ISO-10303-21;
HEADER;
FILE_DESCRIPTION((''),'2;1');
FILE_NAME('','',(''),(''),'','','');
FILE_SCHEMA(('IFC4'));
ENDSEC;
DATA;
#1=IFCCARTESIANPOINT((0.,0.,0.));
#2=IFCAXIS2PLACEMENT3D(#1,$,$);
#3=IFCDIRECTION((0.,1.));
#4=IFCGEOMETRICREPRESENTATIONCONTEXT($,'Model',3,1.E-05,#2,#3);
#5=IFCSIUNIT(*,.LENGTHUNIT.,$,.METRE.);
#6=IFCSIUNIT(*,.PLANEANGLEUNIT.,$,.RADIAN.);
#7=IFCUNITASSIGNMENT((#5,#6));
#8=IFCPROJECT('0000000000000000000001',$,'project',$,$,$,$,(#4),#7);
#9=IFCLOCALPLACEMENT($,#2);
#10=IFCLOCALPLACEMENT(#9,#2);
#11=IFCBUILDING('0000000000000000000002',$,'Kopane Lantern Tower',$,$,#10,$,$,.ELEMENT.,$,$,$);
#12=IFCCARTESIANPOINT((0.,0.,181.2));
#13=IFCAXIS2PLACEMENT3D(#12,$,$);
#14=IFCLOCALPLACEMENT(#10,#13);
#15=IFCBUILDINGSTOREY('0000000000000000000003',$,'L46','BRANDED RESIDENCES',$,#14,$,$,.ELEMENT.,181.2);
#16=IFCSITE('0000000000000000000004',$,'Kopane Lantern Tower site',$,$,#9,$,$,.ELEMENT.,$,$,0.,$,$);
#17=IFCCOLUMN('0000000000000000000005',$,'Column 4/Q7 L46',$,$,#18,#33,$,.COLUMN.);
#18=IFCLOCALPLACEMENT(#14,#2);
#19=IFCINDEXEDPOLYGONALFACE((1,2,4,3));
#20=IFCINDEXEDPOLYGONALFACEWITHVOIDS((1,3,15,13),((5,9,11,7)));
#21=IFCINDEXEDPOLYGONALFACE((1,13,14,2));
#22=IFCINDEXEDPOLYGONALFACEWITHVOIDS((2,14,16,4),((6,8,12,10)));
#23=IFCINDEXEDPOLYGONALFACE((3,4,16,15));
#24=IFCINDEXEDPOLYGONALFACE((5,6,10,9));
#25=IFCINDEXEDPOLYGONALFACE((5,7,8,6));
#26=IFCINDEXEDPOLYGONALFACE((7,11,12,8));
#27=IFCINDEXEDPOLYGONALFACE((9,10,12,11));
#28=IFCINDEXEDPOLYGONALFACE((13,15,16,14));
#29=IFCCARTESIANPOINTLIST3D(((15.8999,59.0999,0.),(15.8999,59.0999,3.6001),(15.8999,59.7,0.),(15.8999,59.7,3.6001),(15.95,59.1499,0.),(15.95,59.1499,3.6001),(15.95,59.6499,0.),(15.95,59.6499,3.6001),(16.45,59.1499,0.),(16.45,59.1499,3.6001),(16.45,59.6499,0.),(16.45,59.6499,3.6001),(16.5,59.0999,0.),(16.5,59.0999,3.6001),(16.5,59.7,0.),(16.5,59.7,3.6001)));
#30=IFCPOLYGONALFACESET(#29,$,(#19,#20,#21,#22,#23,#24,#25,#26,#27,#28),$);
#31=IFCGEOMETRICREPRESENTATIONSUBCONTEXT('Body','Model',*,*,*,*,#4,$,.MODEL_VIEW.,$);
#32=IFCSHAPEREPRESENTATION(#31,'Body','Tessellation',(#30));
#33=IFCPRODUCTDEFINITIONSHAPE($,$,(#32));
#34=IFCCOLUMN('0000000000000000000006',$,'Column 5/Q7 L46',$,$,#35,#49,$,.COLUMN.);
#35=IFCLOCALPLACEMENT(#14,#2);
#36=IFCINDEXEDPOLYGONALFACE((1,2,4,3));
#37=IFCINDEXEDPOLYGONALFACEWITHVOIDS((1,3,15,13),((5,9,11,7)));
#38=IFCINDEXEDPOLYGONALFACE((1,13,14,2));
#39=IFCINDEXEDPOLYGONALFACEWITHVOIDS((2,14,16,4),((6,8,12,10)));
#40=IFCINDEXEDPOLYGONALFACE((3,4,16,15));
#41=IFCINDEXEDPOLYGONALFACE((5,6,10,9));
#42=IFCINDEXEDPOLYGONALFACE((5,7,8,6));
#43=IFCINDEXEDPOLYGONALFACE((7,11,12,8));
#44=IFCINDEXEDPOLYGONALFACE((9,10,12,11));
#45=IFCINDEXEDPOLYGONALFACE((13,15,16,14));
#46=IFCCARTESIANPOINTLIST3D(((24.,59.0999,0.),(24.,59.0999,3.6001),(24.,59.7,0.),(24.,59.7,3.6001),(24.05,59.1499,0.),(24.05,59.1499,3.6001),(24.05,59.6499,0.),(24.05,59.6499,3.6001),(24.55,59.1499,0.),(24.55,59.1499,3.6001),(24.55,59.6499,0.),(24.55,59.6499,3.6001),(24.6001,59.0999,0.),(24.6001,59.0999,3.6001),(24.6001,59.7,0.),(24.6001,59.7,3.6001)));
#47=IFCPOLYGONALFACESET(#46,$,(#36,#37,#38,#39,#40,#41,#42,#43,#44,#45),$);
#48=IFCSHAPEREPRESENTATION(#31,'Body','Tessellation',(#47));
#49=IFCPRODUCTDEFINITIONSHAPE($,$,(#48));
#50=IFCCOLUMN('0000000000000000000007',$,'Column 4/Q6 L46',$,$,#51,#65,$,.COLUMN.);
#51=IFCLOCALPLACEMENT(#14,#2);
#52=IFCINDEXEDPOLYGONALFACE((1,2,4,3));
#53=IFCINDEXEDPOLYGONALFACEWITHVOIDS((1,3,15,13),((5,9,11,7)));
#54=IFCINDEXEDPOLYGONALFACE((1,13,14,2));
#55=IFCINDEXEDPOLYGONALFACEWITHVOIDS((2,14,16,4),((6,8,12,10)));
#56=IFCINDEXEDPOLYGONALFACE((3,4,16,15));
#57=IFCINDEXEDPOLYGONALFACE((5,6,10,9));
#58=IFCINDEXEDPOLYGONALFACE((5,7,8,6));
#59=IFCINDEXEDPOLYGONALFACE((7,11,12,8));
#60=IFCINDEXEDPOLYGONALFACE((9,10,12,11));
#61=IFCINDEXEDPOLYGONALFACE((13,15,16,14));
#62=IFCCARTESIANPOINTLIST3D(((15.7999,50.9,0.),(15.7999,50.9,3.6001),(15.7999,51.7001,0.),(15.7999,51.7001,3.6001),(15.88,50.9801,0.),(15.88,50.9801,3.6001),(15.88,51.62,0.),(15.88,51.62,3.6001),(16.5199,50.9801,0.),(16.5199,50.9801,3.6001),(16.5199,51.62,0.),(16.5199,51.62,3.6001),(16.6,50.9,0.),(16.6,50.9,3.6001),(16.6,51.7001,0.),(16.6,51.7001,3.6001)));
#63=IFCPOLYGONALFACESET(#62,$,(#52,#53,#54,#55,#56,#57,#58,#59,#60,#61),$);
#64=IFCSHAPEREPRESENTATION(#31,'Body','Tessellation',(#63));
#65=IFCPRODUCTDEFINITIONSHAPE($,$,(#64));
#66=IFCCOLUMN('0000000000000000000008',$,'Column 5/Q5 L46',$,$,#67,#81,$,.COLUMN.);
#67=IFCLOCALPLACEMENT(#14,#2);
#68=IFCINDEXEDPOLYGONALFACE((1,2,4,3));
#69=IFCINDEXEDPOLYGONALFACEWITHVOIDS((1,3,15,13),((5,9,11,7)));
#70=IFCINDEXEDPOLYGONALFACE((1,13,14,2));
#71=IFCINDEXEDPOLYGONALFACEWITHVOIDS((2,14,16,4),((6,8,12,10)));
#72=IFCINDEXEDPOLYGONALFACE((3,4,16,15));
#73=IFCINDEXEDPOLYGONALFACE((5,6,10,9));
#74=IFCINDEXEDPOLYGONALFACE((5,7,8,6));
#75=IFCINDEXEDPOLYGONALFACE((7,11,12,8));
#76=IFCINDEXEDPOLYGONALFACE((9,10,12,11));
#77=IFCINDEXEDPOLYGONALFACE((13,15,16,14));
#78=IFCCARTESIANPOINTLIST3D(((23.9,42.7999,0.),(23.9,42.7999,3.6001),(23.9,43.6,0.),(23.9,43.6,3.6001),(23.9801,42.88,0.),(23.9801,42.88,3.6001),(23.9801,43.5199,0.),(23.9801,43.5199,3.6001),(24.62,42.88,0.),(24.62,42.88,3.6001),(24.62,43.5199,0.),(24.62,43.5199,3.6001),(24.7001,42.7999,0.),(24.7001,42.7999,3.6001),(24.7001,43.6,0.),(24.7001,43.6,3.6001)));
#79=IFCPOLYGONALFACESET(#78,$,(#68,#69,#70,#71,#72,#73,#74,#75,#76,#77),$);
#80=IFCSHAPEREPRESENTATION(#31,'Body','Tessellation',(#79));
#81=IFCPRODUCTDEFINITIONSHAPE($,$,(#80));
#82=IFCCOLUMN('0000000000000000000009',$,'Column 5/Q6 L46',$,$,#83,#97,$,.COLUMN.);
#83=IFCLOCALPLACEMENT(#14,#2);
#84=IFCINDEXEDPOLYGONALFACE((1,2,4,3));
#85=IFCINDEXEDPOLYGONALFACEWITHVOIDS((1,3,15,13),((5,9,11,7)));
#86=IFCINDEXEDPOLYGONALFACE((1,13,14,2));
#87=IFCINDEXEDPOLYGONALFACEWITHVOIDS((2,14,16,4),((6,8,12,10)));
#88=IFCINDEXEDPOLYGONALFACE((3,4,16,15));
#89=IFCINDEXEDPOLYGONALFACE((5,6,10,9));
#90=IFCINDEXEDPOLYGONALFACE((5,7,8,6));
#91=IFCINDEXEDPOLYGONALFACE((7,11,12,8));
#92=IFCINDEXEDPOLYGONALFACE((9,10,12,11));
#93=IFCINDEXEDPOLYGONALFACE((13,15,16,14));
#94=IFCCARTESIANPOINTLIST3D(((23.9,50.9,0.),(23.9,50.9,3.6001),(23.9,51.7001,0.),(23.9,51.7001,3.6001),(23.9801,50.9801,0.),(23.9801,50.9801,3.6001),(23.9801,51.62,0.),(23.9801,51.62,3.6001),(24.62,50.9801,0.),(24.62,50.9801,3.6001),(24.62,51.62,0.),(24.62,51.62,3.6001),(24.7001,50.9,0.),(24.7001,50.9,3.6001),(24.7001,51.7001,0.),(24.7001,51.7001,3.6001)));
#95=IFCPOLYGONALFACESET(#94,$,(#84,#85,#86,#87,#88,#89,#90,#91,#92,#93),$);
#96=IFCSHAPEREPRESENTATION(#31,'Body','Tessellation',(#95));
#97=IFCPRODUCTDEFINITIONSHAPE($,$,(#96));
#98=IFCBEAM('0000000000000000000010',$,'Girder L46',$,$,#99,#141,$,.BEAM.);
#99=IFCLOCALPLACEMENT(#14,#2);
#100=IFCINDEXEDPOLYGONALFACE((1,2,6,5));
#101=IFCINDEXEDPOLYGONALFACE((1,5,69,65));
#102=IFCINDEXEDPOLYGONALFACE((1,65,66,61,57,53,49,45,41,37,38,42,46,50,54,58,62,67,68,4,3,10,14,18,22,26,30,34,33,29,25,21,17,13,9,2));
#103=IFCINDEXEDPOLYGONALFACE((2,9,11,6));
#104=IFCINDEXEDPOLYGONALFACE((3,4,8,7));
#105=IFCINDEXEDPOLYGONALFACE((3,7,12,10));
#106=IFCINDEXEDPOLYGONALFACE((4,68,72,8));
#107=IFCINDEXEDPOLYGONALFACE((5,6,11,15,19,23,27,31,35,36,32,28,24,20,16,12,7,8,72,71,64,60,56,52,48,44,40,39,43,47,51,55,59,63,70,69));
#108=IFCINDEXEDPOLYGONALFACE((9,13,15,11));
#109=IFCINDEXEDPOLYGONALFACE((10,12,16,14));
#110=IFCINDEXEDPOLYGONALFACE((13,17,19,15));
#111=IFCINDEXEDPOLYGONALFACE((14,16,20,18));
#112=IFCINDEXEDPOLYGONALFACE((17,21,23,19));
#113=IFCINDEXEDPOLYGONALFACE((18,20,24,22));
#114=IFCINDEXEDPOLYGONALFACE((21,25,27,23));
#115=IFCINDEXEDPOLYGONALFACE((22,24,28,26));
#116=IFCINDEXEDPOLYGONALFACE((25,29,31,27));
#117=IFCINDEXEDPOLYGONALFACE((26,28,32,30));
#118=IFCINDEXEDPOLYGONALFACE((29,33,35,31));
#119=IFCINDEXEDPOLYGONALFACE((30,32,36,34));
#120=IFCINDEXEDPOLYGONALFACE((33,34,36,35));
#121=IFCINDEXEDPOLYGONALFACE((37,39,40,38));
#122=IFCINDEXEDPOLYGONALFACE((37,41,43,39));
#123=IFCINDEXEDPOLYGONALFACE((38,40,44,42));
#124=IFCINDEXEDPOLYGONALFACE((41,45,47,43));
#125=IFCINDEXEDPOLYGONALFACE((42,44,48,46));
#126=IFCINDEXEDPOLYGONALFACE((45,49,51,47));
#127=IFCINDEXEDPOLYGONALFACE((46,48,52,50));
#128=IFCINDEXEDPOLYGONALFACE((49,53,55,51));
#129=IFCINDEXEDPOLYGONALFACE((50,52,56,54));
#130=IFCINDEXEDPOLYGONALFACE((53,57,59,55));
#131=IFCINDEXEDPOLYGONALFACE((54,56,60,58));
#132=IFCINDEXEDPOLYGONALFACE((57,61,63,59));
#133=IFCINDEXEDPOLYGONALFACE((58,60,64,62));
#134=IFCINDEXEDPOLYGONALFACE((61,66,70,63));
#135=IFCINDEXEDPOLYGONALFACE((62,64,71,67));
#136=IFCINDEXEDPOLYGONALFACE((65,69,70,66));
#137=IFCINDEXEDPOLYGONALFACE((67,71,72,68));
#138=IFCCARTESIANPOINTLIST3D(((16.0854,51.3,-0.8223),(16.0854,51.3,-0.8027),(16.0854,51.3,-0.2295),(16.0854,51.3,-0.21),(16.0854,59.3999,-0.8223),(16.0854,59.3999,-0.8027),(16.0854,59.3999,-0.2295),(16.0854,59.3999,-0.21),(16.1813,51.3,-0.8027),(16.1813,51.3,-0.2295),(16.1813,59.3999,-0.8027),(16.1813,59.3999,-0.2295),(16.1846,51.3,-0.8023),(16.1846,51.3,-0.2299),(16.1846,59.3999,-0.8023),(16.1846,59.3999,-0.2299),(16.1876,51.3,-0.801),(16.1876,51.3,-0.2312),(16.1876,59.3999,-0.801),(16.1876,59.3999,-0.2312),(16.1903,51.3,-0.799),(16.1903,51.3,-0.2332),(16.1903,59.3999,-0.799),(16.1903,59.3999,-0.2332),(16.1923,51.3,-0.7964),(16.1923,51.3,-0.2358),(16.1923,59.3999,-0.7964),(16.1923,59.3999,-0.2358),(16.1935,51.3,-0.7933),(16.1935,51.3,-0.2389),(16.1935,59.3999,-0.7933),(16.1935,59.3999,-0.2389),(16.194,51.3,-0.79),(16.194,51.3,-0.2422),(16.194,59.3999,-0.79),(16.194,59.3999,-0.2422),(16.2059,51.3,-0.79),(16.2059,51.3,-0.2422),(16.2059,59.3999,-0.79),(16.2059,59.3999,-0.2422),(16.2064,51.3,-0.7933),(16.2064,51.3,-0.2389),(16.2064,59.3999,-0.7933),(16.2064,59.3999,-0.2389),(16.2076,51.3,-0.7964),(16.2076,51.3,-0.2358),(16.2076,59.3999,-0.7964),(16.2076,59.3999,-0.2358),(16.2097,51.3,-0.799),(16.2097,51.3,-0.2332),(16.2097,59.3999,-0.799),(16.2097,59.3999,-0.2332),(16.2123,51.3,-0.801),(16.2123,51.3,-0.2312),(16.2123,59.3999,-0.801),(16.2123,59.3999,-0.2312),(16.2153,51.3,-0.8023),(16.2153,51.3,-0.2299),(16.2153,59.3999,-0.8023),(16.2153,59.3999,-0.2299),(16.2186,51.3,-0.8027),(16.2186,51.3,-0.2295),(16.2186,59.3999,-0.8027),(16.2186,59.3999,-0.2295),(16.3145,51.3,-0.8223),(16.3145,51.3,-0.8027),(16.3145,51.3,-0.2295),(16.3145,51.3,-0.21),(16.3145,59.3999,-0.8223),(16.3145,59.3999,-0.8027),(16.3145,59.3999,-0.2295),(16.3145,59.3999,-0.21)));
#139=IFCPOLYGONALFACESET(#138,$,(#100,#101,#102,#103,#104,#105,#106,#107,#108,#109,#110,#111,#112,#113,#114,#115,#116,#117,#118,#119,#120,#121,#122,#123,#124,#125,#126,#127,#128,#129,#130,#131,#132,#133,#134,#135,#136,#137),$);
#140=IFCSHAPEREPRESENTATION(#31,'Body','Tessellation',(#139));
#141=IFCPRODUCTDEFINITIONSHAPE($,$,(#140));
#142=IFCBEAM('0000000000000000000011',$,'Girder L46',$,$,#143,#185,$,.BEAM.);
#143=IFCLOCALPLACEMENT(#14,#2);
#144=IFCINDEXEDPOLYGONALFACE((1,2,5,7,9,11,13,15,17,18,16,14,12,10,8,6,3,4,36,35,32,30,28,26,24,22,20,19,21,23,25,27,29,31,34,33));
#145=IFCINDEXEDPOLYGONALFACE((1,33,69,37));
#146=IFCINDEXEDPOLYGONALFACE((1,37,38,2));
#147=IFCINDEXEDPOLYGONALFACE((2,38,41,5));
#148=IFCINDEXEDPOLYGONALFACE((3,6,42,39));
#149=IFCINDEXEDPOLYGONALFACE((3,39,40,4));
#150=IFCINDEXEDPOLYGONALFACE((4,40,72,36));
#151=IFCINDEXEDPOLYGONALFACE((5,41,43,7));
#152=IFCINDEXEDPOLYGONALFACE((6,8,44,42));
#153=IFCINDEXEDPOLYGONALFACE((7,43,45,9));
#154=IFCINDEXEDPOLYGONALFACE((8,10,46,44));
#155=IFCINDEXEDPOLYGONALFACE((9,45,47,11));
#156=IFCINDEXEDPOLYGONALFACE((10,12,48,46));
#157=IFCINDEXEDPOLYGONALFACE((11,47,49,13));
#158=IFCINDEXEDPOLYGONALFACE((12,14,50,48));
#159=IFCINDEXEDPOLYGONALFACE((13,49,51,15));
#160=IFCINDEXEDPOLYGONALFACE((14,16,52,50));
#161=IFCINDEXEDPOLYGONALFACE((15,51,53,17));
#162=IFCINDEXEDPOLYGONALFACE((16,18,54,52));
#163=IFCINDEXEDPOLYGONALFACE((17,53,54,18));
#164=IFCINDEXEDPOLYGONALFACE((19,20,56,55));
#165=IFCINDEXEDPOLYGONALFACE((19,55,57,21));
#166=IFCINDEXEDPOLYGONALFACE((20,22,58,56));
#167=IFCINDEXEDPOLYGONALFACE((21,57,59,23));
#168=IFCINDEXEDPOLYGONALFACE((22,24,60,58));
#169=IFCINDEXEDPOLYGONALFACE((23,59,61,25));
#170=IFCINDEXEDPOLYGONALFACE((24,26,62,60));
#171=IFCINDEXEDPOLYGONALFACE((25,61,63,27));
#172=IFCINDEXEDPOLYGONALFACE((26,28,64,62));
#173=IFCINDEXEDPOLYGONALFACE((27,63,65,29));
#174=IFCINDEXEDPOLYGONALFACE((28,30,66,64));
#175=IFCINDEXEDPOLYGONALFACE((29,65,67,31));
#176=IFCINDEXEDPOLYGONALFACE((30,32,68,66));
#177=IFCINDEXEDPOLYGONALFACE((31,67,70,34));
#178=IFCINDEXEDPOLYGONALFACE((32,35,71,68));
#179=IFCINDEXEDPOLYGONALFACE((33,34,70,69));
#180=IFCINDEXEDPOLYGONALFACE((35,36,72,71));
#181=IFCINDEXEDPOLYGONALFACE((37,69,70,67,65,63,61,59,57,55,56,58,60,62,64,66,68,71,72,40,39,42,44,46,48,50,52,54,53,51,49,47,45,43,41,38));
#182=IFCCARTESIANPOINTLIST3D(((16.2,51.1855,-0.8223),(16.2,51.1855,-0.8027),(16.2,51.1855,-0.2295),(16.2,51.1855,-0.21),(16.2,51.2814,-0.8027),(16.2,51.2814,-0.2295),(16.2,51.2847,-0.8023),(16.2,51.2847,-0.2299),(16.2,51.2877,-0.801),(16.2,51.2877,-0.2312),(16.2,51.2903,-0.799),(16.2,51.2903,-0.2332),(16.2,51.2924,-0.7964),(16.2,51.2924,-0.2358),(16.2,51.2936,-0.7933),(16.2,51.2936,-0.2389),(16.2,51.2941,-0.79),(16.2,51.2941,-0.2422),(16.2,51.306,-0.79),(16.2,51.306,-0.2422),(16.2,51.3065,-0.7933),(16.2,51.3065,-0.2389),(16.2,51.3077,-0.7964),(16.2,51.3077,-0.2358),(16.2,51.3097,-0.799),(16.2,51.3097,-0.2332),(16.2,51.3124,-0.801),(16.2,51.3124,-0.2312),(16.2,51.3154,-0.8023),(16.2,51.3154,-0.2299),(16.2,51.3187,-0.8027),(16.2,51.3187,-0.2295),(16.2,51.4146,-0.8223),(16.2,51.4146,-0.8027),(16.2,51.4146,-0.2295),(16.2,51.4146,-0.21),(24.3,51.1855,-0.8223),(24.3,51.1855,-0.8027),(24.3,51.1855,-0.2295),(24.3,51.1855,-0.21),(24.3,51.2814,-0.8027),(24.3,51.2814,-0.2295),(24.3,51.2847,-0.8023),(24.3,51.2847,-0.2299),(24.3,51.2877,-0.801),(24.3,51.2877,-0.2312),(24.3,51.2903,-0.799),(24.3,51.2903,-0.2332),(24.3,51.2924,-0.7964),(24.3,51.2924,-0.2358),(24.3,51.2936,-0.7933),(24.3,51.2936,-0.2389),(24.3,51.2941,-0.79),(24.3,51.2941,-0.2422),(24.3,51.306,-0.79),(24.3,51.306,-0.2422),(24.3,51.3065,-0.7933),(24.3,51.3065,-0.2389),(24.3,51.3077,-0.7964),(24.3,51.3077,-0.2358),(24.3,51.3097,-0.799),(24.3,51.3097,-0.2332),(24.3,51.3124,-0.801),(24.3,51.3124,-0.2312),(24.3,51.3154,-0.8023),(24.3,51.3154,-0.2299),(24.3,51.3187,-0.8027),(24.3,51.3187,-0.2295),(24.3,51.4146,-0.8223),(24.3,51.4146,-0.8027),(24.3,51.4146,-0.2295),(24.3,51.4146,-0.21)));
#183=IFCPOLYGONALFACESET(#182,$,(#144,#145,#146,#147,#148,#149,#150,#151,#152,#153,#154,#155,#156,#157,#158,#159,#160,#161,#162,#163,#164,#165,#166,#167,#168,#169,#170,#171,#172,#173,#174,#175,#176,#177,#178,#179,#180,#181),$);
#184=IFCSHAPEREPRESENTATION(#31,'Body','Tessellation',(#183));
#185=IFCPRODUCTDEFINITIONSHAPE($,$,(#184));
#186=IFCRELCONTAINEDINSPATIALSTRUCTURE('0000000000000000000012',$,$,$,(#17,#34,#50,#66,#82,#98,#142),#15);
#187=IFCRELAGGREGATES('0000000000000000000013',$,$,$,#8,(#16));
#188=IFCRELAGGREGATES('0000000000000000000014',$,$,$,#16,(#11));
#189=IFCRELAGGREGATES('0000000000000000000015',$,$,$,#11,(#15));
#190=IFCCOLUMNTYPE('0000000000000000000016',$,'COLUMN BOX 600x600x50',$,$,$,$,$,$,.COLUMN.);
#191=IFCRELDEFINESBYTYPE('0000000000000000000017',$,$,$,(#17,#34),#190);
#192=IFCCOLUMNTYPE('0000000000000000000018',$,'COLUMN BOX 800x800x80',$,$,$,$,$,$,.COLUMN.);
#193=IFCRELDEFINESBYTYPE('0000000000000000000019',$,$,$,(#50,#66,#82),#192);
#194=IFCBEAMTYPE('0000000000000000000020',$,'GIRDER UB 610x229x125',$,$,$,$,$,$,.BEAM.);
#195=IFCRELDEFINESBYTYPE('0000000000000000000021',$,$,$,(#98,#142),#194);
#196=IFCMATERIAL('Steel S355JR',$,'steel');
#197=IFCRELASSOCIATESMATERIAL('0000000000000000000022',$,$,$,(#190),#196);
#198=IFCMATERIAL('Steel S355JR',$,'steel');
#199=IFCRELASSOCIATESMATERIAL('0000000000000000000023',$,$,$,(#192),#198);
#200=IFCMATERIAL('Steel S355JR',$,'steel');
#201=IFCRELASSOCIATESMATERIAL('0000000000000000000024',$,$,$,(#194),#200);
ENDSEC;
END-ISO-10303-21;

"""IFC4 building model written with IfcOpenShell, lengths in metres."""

from ifc_helpers import new_model, si_unit, direction, frame, origin, origin_2d, place, context, subcontext, project, spatial, hollow_rectangle, i_section, extrude, material, material_profile, profile_set, type_object, element, save


model = new_model("IFC4")

# Units and contexts
model_context = context("Model", 3, precision=1e-05, world=origin(), true_north=direction((0.0, 1.0)))
body_context = subcontext(model_context, "Body", "Model", "MODEL_VIEW")
ifc_project = project(units=[si_unit("LENGTHUNIT", "METRE"), si_unit("PLANEANGLEUNIT", "RADIAN")], contexts=[model_context])

# Site, building, storey
site_placement = place(None, origin())
site = spatial("IfcSite", under=ifc_project, at=site_placement, Name="Kopane Lantern Tower site", CompositionType="ELEMENT", RefElevation=0.0)
building_placement = place(site_placement, origin())
building = spatial("IfcBuilding", under=site, at=building_placement, Name="Kopane Lantern Tower", CompositionType="ELEMENT")
storey_placement = place(building_placement, frame((0.0, 0.0, 181.2)))
storey = spatial("IfcBuildingStorey", under=building, at=storey_placement, Name="L46", Description="BRANDED RESIDENCES", CompositionType="ELEMENT", Elevation=181.2)

# Columns
ifc_material_1 = material(Name="Steel S355JR", Category="steel")
ifc_material_profile_1 = material_profile(ifc_material_1, hollow_rectangle(XDim=0.6001, YDim=0.6001, WallThickness=0.05, at=origin_2d()), Name="BOX 600x600x50")
ifc_profile_set_1 = profile_set([ifc_material_profile_1], Name="Steel S355JR")
column_type_1 = type_object("IfcColumnType", Name="COLUMN BOX 600x600x50", PredefinedType="COLUMN", material=ifc_profile_set_1)
for number, where, z_axis, x_axis, name in (
    (1, (16.2, 59.3999, 0.0), (0.0, 0.0, 1.0), (1.0, 0.0, 0.0), "Column 4/Q7 L46"),
    (2, (24.3, 59.3999, 0.0), (0.0, 0.0, 1.0), (1.0, 0.0, 0.0), "Column 5/Q7 L46"),
):
    element("IfcColumn", number, at=place(storey_placement, frame(where, z_axis=z_axis, x_axis=x_axis)), inside=storey, type_object=column_type_1, Name=name, PredefinedType="COLUMN", context=body_context, shape_type="SweptSolid", body=[
        extrude(hollow_rectangle(XDim=0.6001, YDim=0.6001, WallThickness=0.05, at=origin_2d()), origin(), (0.0, 0.0, 1.0), 3.6001),
    ])
ifc_material_2 = material(Name="Steel S355JR", Category="steel")
ifc_material_profile_2 = material_profile(ifc_material_2, hollow_rectangle(XDim=0.8, YDim=0.8, WallThickness=0.0801, at=origin_2d()), Name="BOX 800x800x80")
ifc_profile_set_2 = profile_set([ifc_material_profile_2], Name="Steel S355JR")
column_type_2 = type_object("IfcColumnType", Name="COLUMN BOX 800x800x80", PredefinedType="COLUMN", material=ifc_profile_set_2)
for number, where, z_axis, x_axis, name in (
    (3, (16.2, 51.3, 0.0), (0.0, 0.0, 1.0), (1.0, 0.0, 0.0), "Column 4/Q6 L46"),
    (4, (24.3, 43.2, 0.0), (0.0, 0.0, 1.0), (1.0, 0.0, 0.0), "Column 5/Q5 L46"),
    (5, (24.3, 51.3, 0.0), (0.0, 0.0, 1.0), (1.0, 0.0, 0.0), "Column 5/Q6 L46"),
):
    element("IfcColumn", number, at=place(storey_placement, frame(where, z_axis=z_axis, x_axis=x_axis)), inside=storey, type_object=column_type_2, Name=name, PredefinedType="COLUMN", context=body_context, shape_type="SweptSolid", body=[
        extrude(hollow_rectangle(XDim=0.8, YDim=0.8, WallThickness=0.0801, at=origin_2d()), origin(), (0.0, 0.0, 1.0), 3.6001),
    ])

# Beams
ifc_material_3 = material(Name="Steel S355JR", Category="steel")
ifc_material_profile_3 = material_profile(ifc_material_3, i_section(OverallWidth=0.229, OverallDepth=0.6123, WebThickness=0.012, FlangeThickness=0.0195, FilletRadius=0.0127, at=origin_2d()), Name="UB 610x229x125")
ifc_profile_set_3 = profile_set([ifc_material_profile_3], Name="Steel S355JR")
beam_type = type_object("IfcBeamType", Name="GIRDER UB 610x229x125", PredefinedType="BEAM", material=ifc_profile_set_3)
beam_placement = place(storey_placement, frame((16.2, 51.3, -0.5161), z_axis=(0.0, 1.0, 0.0), x_axis=(-1.0, 0.0, 0.0)))
element("IfcBeam", 6, at=beam_placement, inside=storey, type_object=beam_type, Name="Girder L46", PredefinedType="BEAM", context=body_context, shape_type="SweptSolid", body=[
    extrude(i_section(OverallWidth=0.229, OverallDepth=0.6123, WebThickness=0.012, FlangeThickness=0.0195, FilletRadius=0.0127, at=origin_2d()), origin(), (0.0, 0.0, 1.0), 8.0999),
])
for number, where, z_axis, x_axis, name in (
    (7, (16.2, 51.3, -0.5161), (1.0, 0.0, 0.0), (0.0, 1.0, 0.0), "Girder L46"),
):
    element("IfcBeam", number, at=place(storey_placement, frame(where, z_axis=z_axis, x_axis=x_axis)), inside=storey, type_object=beam_type, Name=name, PredefinedType="BEAM", context=body_context, shape_type="SweptSolid", body=[
        extrude(i_section(OverallWidth=0.229, OverallDepth=0.6123, WebThickness=0.012, FlangeThickness=0.0195, FilletRadius=0.0127, at=origin_2d()), origin(), (0.0, 0.0, 1.0), 8.1001),
    ])

save(model, "model.ifc")
